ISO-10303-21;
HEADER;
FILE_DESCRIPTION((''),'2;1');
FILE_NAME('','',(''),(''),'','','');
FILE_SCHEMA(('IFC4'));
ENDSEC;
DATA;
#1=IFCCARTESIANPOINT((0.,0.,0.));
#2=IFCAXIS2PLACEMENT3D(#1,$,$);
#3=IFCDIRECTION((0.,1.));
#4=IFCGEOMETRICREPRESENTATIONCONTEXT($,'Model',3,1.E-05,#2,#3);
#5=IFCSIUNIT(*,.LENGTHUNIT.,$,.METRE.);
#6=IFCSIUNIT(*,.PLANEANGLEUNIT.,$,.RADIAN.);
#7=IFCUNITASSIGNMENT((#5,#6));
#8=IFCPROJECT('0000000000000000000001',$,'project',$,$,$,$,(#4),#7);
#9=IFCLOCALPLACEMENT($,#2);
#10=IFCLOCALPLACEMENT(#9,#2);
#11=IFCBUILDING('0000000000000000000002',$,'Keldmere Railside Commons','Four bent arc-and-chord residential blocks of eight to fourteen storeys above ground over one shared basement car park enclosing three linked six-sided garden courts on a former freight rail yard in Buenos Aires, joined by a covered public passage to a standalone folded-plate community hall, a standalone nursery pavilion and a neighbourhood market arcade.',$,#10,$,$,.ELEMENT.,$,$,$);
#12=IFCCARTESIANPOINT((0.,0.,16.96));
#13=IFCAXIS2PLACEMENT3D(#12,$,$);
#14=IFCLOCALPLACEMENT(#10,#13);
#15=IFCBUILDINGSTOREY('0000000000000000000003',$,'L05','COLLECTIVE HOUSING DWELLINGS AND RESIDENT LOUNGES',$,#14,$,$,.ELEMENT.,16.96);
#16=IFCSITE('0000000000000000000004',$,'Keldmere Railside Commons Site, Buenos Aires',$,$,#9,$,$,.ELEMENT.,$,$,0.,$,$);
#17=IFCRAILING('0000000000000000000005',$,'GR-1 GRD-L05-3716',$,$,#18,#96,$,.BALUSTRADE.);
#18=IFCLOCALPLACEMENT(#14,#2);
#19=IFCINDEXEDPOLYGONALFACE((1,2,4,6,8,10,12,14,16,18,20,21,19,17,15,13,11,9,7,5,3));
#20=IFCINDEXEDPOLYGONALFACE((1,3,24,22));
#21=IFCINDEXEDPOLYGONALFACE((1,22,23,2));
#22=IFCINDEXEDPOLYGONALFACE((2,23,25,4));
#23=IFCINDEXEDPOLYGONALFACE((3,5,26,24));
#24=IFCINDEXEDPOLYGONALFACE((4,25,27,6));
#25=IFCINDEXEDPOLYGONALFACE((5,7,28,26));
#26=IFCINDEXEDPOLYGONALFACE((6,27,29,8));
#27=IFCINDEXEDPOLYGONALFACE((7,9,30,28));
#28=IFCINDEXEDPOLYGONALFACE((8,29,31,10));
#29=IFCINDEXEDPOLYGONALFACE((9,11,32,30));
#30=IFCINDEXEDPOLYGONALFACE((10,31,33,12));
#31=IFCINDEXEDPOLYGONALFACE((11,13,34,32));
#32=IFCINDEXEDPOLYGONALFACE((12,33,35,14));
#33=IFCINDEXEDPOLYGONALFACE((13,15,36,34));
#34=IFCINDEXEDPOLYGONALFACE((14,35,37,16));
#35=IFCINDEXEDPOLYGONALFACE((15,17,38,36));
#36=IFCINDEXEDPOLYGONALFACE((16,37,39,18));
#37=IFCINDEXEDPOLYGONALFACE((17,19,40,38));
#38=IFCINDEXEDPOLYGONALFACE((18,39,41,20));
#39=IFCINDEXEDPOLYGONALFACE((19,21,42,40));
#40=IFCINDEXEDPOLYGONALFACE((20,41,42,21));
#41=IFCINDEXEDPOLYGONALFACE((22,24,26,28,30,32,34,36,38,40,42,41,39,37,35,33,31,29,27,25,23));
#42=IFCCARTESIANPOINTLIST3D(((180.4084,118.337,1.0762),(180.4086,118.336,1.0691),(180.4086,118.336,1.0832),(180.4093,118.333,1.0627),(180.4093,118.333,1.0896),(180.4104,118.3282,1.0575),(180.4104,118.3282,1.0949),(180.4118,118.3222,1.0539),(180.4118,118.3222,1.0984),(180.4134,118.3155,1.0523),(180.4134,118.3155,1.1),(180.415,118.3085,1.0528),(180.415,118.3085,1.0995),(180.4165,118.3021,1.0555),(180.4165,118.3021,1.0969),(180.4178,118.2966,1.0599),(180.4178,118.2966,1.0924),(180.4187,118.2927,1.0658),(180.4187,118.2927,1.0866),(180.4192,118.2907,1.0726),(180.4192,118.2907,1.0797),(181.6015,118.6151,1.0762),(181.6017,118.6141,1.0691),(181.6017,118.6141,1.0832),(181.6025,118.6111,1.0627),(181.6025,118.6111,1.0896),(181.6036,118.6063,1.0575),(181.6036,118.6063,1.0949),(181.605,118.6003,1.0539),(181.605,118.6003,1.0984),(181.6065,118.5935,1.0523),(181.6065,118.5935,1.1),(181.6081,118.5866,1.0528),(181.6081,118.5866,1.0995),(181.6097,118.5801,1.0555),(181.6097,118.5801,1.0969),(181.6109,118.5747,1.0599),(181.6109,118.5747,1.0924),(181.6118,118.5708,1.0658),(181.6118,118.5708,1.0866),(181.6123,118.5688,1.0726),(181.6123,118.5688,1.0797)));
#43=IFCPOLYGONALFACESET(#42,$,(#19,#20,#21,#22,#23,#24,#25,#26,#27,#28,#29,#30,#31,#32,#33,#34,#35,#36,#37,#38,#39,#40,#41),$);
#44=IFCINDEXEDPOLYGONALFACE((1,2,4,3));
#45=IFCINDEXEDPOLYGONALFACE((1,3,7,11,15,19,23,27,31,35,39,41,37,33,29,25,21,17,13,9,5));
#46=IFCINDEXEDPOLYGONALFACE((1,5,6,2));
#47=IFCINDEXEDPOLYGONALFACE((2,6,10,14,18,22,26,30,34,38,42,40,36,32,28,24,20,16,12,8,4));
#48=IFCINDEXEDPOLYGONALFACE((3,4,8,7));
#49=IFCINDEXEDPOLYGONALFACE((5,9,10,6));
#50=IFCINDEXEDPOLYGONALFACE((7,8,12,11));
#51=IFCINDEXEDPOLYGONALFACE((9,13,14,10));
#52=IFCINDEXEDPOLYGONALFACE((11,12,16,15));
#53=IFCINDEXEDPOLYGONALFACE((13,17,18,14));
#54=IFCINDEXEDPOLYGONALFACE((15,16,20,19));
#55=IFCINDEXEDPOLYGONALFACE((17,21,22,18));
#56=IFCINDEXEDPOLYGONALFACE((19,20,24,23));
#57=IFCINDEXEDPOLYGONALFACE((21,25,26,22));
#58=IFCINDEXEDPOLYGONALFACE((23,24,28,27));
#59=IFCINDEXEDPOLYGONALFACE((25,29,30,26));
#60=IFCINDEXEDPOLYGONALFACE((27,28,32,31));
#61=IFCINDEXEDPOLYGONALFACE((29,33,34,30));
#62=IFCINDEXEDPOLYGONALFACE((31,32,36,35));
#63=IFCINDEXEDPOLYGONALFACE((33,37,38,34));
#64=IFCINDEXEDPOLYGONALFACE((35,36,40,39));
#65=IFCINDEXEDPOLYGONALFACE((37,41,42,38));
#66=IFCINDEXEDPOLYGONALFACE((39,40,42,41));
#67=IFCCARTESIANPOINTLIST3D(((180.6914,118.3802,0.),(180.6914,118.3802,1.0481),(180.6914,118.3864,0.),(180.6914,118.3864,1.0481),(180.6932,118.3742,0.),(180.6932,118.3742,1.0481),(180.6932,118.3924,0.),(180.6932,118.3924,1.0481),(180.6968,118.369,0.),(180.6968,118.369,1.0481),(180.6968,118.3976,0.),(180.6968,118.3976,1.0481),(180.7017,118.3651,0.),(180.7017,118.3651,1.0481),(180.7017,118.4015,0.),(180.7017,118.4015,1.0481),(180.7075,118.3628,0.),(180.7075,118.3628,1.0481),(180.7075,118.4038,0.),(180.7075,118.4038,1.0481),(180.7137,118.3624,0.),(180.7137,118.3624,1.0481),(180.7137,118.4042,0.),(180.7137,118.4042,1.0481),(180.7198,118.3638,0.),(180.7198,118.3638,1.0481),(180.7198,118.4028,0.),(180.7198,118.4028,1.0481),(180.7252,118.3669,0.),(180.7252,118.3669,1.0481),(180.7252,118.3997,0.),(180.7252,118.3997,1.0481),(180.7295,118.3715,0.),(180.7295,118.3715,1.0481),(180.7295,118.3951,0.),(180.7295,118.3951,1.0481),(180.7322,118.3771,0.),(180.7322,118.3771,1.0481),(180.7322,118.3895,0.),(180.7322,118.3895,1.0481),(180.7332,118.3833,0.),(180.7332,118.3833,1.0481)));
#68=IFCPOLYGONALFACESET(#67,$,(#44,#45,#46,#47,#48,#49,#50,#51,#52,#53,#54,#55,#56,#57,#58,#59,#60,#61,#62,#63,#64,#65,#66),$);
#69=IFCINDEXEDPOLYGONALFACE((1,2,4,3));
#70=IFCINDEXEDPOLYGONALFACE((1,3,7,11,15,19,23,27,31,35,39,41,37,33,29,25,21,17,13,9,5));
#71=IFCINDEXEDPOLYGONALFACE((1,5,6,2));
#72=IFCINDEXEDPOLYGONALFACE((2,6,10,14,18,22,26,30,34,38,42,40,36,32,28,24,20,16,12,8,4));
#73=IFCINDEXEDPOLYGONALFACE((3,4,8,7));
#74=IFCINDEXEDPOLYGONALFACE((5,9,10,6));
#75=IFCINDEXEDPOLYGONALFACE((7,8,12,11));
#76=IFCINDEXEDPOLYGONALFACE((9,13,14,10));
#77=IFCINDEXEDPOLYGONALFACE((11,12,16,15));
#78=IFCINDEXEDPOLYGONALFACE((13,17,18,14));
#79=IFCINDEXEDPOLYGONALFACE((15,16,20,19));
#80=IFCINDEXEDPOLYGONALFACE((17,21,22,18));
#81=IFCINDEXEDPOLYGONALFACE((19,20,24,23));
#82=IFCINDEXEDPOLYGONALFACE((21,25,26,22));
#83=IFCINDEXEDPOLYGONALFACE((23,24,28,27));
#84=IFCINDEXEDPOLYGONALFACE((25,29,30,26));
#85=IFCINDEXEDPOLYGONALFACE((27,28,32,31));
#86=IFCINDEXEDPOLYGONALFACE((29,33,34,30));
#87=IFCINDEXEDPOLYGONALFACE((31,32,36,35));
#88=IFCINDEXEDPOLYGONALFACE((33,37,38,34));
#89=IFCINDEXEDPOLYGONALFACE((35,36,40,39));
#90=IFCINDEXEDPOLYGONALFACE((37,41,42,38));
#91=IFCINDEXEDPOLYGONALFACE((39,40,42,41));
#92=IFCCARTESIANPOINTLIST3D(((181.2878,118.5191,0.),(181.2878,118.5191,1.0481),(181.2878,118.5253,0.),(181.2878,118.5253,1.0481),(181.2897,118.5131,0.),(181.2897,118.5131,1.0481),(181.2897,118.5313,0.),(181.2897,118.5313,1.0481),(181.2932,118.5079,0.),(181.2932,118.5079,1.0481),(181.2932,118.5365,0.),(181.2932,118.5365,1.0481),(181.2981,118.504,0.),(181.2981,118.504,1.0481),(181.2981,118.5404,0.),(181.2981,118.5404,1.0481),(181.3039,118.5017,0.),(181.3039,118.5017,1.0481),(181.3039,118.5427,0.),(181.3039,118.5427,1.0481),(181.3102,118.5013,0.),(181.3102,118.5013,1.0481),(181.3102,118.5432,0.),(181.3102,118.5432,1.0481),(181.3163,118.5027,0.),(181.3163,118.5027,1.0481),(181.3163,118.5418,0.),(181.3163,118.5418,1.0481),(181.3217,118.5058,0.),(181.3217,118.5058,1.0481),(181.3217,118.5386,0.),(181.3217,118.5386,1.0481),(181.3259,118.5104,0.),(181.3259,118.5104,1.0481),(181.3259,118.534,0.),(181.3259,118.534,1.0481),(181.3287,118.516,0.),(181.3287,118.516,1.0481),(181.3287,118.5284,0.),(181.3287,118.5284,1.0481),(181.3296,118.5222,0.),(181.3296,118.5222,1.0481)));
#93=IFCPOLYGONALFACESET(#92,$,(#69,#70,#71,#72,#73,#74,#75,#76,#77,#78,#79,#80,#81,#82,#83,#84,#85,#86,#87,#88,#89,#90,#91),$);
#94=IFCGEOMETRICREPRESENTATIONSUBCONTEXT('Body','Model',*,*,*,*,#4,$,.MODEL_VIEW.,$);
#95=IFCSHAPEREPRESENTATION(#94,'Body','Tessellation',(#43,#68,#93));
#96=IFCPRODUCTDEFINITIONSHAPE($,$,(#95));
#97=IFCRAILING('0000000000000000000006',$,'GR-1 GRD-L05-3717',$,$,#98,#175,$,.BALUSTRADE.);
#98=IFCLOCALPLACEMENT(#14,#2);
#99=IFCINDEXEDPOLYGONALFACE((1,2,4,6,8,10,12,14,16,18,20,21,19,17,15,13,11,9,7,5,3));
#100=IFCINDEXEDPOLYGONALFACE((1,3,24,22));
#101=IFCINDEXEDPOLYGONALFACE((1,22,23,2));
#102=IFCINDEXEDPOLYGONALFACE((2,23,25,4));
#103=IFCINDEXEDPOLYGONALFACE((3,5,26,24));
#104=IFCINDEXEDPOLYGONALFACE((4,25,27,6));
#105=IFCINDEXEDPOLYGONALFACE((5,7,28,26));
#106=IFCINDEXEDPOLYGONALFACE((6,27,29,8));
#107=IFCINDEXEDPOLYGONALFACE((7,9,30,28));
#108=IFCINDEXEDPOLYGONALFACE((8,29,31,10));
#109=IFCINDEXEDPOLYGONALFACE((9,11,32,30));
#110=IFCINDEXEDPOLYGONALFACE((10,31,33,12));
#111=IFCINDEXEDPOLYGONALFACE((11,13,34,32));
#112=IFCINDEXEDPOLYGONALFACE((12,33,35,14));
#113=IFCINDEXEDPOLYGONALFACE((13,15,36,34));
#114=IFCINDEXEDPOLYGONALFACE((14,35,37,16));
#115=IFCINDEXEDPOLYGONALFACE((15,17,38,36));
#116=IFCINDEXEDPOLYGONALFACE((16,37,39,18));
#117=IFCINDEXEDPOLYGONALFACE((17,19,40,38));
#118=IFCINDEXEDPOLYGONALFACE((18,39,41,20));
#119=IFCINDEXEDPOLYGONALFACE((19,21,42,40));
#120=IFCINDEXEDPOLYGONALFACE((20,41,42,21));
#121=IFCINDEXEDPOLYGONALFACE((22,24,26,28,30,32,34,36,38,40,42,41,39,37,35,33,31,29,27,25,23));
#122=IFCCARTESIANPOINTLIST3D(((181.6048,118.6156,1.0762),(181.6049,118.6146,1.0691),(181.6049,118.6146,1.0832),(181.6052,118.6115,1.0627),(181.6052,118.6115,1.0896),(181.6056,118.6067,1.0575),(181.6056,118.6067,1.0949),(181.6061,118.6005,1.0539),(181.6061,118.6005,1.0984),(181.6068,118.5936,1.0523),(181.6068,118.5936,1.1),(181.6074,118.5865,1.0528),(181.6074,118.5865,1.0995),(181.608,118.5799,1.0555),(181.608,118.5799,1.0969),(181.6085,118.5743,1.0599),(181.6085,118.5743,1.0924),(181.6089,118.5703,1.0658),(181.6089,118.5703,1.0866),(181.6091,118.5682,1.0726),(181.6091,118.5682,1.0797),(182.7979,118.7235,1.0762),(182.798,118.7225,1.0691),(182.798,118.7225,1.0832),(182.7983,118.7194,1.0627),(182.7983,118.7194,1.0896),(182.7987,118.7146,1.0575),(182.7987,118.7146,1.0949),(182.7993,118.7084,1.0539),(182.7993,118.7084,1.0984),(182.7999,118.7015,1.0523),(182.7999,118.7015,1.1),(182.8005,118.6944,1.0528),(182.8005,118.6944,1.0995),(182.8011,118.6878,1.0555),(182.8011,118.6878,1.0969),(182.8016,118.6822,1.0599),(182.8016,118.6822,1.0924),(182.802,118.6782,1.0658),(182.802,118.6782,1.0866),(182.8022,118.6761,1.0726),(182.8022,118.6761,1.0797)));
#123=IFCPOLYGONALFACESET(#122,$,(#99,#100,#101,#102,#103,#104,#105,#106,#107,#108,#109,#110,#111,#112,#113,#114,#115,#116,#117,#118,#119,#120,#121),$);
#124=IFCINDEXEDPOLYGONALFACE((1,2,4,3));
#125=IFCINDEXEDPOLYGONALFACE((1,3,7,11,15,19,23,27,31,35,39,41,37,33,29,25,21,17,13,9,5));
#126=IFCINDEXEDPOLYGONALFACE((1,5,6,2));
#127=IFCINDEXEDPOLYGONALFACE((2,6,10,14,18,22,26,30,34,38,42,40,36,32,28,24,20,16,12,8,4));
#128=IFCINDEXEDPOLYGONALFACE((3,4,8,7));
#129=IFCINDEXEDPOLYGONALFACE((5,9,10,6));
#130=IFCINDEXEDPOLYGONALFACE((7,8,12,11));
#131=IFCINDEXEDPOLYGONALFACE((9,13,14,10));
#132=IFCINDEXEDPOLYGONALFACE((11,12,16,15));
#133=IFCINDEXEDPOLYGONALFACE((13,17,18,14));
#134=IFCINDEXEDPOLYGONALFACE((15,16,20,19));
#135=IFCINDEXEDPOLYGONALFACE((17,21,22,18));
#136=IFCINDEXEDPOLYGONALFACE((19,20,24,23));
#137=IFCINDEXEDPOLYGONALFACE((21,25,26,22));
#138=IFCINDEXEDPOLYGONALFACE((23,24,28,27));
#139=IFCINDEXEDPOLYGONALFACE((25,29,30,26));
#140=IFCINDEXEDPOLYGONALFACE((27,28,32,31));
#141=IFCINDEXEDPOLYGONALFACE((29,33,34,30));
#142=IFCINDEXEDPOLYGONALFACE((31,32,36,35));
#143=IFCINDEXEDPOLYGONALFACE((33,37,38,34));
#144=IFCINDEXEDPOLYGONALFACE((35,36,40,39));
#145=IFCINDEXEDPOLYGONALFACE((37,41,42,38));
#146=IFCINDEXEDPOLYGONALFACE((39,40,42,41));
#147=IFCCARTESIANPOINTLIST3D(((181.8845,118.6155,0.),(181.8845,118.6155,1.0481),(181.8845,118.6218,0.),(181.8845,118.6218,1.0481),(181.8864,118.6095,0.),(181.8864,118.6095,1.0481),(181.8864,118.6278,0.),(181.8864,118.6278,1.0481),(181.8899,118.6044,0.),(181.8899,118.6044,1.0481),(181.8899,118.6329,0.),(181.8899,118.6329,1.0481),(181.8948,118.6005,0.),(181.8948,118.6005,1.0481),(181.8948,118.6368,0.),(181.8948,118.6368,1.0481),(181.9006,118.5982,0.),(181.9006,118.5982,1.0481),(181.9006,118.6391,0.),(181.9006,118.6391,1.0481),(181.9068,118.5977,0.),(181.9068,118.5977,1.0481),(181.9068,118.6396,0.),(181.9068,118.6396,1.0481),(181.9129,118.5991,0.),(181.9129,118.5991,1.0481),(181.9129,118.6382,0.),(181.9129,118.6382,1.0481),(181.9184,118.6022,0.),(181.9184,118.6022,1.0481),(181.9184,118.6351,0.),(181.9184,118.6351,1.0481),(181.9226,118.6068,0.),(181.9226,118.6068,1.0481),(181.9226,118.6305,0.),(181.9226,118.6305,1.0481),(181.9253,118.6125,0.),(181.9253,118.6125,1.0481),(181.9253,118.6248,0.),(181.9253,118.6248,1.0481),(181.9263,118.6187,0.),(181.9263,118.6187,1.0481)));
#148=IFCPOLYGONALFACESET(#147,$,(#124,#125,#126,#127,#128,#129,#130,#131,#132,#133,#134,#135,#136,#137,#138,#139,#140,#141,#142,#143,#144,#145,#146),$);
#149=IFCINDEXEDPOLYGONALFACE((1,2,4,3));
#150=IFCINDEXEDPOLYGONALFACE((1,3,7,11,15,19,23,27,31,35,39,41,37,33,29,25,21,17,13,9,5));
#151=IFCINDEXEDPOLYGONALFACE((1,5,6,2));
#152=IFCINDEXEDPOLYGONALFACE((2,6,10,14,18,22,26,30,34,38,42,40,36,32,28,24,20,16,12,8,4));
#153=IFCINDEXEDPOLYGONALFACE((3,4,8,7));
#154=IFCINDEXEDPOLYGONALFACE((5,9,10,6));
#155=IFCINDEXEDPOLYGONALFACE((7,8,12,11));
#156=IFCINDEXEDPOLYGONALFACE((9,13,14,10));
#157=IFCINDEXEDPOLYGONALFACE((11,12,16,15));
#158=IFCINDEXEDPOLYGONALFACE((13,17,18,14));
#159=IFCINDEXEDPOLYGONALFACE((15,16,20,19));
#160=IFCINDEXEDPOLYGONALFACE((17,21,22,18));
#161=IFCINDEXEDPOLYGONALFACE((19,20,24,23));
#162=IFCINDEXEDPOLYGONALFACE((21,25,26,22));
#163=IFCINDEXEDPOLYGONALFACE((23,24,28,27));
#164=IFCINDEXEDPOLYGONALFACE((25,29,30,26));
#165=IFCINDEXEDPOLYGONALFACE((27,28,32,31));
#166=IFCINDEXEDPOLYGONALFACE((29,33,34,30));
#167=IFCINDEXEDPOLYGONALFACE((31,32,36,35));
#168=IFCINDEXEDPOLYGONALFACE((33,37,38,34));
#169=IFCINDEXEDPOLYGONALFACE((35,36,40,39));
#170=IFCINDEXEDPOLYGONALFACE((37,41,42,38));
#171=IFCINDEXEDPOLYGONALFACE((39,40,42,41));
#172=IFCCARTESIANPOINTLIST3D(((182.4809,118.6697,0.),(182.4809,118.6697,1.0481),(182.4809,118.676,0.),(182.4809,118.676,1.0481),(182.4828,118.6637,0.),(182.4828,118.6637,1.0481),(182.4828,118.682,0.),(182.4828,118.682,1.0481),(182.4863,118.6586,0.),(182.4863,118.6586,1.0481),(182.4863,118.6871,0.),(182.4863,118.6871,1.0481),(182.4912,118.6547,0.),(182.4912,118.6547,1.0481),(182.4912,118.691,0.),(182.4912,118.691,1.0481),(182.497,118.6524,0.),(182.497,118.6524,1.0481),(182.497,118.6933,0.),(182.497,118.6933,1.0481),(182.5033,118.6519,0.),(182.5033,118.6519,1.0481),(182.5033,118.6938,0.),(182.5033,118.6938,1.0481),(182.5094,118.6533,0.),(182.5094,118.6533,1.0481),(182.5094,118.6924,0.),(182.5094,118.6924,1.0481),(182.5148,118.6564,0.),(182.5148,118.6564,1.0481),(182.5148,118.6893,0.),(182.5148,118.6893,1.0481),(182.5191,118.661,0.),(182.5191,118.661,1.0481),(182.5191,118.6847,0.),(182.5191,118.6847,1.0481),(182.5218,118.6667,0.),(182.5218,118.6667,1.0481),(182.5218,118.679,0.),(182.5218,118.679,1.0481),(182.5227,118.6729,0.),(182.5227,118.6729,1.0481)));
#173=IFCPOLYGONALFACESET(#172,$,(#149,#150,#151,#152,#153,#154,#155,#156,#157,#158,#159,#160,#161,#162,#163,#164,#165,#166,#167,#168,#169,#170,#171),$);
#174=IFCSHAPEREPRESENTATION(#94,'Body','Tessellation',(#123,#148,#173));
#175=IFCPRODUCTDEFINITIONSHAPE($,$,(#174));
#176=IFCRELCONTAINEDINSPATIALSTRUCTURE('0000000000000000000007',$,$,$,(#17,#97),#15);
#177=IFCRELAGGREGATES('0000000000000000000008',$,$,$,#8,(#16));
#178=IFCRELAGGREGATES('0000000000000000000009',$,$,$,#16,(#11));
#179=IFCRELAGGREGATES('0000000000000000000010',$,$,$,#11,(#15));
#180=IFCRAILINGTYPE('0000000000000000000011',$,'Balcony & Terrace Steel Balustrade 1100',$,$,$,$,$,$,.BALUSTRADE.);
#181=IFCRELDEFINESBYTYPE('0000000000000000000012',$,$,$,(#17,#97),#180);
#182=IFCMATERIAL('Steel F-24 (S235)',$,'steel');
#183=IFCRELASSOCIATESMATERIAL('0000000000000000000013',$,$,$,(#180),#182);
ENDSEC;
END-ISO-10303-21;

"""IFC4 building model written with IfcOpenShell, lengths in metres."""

from ifc_helpers import new_model, si_unit, direction, frame, origin, origin_2d, place, context, subcontext, project, spatial, circle, extrude, material, type_object, element, save


model = new_model("IFC4")

# Units and contexts
model_context = context("Model", 3, precision=1e-05, world=origin(), true_north=direction((0.0, 1.0)))
body_context = subcontext(model_context, "Body", "Model", "MODEL_VIEW")
ifc_project = project(units=[si_unit("LENGTHUNIT", "METRE"), si_unit("PLANEANGLEUNIT", "RADIAN")], contexts=[model_context])

# Site, building, storey
site_placement = place(None, origin())
site = spatial("IfcSite", under=ifc_project, at=site_placement, Name="Keldmere Railside Commons Site, Buenos Aires", CompositionType="ELEMENT", RefElevation=0.0)
building_placement = place(site_placement, origin())
building = spatial("IfcBuilding", under=site, at=building_placement, Name="Keldmere Railside Commons", Description="Four bent arc-and-chord residential blocks of eight to fourteen storeys above ground over one shared basement car park enclosing three linked six-sided garden courts on a former freight rail yard in Buenos Aires, joined by a covered public passage to a standalone folded-plate community hall, a standalone nursery pavilion and a neighbourhood market arcade.", CompositionType="ELEMENT")
storey_placement = place(building_placement, frame((0.0, 0.0, 16.96)))
storey = spatial("IfcBuildingStorey", under=building, at=storey_placement, Name="L05", Description="COLLECTIVE HOUSING DWELLINGS AND RESIDENT LOUNGES", CompositionType="ELEMENT", Elevation=16.96)

# Railings
ifc_material_1 = material(Name="Steel F-24 (S235)", Category="steel")
railing_type = type_object("IfcRailingType", Name="Balcony & Terrace Steel Balustrade 1100", PredefinedType="BALUSTRADE", material=ifc_material_1)
railing_1_placement = place(storey_placement, frame((180.4138, 118.3137, 0.0)))
element("IfcRailing", 1, at=railing_1_placement, inside=storey, type_object=railing_type, Name="GR-1 GRD-L05-3716", PredefinedType="BALUSTRADE", context=body_context, shape_type="SweptSolid", body=[
    extrude(circle(Radius=0.0239, at=origin_2d()), frame((0.0, 0.0, 1.0762), z_axis=(0.973899, 0.226984, 0.0), x_axis=(-0.226984, 0.973899, 0.0)), (0.0, 0.0, 1.0), 1.2251),
    extrude(circle(Radius=0.021, at=origin_2d()), frame((0.2983, 0.0696, 0.0)), (0.0, 0.0, 1.0), 1.0481),
    extrude(circle(Radius=0.021, at=origin_2d()), frame((0.8948, 0.2085, 0.0)), (0.0, 0.0, 1.0), 1.0481),
])
railing_2_placement = place(storey_placement, frame((181.6069, 118.5918, 0.0)))
element("IfcRailing", 2, at=railing_2_placement, inside=storey, type_object=railing_type, Name="GR-1 GRD-L05-3717", PredefinedType="BALUSTRADE", context=body_context, shape_type="SweptSolid", body=[
    extrude(circle(Radius=0.0239, at=origin_2d()), frame((0.0, 0.0, 1.0762), z_axis=(0.995935, 0.090076, 0.0), x_axis=(-0.090076, 0.995935, 0.0)), (0.0, 0.0, 1.0), 1.198),
    extrude(circle(Radius=0.021, at=origin_2d()), frame((0.2983, 0.0269, 0.0)), (0.0, 0.0, 1.0), 1.0481),
    extrude(circle(Radius=0.021, at=origin_2d()), frame((0.8948, 0.0811, 0.0)), (0.0, 0.0, 1.0), 1.0481),
])

save(model, "model.ifc")
